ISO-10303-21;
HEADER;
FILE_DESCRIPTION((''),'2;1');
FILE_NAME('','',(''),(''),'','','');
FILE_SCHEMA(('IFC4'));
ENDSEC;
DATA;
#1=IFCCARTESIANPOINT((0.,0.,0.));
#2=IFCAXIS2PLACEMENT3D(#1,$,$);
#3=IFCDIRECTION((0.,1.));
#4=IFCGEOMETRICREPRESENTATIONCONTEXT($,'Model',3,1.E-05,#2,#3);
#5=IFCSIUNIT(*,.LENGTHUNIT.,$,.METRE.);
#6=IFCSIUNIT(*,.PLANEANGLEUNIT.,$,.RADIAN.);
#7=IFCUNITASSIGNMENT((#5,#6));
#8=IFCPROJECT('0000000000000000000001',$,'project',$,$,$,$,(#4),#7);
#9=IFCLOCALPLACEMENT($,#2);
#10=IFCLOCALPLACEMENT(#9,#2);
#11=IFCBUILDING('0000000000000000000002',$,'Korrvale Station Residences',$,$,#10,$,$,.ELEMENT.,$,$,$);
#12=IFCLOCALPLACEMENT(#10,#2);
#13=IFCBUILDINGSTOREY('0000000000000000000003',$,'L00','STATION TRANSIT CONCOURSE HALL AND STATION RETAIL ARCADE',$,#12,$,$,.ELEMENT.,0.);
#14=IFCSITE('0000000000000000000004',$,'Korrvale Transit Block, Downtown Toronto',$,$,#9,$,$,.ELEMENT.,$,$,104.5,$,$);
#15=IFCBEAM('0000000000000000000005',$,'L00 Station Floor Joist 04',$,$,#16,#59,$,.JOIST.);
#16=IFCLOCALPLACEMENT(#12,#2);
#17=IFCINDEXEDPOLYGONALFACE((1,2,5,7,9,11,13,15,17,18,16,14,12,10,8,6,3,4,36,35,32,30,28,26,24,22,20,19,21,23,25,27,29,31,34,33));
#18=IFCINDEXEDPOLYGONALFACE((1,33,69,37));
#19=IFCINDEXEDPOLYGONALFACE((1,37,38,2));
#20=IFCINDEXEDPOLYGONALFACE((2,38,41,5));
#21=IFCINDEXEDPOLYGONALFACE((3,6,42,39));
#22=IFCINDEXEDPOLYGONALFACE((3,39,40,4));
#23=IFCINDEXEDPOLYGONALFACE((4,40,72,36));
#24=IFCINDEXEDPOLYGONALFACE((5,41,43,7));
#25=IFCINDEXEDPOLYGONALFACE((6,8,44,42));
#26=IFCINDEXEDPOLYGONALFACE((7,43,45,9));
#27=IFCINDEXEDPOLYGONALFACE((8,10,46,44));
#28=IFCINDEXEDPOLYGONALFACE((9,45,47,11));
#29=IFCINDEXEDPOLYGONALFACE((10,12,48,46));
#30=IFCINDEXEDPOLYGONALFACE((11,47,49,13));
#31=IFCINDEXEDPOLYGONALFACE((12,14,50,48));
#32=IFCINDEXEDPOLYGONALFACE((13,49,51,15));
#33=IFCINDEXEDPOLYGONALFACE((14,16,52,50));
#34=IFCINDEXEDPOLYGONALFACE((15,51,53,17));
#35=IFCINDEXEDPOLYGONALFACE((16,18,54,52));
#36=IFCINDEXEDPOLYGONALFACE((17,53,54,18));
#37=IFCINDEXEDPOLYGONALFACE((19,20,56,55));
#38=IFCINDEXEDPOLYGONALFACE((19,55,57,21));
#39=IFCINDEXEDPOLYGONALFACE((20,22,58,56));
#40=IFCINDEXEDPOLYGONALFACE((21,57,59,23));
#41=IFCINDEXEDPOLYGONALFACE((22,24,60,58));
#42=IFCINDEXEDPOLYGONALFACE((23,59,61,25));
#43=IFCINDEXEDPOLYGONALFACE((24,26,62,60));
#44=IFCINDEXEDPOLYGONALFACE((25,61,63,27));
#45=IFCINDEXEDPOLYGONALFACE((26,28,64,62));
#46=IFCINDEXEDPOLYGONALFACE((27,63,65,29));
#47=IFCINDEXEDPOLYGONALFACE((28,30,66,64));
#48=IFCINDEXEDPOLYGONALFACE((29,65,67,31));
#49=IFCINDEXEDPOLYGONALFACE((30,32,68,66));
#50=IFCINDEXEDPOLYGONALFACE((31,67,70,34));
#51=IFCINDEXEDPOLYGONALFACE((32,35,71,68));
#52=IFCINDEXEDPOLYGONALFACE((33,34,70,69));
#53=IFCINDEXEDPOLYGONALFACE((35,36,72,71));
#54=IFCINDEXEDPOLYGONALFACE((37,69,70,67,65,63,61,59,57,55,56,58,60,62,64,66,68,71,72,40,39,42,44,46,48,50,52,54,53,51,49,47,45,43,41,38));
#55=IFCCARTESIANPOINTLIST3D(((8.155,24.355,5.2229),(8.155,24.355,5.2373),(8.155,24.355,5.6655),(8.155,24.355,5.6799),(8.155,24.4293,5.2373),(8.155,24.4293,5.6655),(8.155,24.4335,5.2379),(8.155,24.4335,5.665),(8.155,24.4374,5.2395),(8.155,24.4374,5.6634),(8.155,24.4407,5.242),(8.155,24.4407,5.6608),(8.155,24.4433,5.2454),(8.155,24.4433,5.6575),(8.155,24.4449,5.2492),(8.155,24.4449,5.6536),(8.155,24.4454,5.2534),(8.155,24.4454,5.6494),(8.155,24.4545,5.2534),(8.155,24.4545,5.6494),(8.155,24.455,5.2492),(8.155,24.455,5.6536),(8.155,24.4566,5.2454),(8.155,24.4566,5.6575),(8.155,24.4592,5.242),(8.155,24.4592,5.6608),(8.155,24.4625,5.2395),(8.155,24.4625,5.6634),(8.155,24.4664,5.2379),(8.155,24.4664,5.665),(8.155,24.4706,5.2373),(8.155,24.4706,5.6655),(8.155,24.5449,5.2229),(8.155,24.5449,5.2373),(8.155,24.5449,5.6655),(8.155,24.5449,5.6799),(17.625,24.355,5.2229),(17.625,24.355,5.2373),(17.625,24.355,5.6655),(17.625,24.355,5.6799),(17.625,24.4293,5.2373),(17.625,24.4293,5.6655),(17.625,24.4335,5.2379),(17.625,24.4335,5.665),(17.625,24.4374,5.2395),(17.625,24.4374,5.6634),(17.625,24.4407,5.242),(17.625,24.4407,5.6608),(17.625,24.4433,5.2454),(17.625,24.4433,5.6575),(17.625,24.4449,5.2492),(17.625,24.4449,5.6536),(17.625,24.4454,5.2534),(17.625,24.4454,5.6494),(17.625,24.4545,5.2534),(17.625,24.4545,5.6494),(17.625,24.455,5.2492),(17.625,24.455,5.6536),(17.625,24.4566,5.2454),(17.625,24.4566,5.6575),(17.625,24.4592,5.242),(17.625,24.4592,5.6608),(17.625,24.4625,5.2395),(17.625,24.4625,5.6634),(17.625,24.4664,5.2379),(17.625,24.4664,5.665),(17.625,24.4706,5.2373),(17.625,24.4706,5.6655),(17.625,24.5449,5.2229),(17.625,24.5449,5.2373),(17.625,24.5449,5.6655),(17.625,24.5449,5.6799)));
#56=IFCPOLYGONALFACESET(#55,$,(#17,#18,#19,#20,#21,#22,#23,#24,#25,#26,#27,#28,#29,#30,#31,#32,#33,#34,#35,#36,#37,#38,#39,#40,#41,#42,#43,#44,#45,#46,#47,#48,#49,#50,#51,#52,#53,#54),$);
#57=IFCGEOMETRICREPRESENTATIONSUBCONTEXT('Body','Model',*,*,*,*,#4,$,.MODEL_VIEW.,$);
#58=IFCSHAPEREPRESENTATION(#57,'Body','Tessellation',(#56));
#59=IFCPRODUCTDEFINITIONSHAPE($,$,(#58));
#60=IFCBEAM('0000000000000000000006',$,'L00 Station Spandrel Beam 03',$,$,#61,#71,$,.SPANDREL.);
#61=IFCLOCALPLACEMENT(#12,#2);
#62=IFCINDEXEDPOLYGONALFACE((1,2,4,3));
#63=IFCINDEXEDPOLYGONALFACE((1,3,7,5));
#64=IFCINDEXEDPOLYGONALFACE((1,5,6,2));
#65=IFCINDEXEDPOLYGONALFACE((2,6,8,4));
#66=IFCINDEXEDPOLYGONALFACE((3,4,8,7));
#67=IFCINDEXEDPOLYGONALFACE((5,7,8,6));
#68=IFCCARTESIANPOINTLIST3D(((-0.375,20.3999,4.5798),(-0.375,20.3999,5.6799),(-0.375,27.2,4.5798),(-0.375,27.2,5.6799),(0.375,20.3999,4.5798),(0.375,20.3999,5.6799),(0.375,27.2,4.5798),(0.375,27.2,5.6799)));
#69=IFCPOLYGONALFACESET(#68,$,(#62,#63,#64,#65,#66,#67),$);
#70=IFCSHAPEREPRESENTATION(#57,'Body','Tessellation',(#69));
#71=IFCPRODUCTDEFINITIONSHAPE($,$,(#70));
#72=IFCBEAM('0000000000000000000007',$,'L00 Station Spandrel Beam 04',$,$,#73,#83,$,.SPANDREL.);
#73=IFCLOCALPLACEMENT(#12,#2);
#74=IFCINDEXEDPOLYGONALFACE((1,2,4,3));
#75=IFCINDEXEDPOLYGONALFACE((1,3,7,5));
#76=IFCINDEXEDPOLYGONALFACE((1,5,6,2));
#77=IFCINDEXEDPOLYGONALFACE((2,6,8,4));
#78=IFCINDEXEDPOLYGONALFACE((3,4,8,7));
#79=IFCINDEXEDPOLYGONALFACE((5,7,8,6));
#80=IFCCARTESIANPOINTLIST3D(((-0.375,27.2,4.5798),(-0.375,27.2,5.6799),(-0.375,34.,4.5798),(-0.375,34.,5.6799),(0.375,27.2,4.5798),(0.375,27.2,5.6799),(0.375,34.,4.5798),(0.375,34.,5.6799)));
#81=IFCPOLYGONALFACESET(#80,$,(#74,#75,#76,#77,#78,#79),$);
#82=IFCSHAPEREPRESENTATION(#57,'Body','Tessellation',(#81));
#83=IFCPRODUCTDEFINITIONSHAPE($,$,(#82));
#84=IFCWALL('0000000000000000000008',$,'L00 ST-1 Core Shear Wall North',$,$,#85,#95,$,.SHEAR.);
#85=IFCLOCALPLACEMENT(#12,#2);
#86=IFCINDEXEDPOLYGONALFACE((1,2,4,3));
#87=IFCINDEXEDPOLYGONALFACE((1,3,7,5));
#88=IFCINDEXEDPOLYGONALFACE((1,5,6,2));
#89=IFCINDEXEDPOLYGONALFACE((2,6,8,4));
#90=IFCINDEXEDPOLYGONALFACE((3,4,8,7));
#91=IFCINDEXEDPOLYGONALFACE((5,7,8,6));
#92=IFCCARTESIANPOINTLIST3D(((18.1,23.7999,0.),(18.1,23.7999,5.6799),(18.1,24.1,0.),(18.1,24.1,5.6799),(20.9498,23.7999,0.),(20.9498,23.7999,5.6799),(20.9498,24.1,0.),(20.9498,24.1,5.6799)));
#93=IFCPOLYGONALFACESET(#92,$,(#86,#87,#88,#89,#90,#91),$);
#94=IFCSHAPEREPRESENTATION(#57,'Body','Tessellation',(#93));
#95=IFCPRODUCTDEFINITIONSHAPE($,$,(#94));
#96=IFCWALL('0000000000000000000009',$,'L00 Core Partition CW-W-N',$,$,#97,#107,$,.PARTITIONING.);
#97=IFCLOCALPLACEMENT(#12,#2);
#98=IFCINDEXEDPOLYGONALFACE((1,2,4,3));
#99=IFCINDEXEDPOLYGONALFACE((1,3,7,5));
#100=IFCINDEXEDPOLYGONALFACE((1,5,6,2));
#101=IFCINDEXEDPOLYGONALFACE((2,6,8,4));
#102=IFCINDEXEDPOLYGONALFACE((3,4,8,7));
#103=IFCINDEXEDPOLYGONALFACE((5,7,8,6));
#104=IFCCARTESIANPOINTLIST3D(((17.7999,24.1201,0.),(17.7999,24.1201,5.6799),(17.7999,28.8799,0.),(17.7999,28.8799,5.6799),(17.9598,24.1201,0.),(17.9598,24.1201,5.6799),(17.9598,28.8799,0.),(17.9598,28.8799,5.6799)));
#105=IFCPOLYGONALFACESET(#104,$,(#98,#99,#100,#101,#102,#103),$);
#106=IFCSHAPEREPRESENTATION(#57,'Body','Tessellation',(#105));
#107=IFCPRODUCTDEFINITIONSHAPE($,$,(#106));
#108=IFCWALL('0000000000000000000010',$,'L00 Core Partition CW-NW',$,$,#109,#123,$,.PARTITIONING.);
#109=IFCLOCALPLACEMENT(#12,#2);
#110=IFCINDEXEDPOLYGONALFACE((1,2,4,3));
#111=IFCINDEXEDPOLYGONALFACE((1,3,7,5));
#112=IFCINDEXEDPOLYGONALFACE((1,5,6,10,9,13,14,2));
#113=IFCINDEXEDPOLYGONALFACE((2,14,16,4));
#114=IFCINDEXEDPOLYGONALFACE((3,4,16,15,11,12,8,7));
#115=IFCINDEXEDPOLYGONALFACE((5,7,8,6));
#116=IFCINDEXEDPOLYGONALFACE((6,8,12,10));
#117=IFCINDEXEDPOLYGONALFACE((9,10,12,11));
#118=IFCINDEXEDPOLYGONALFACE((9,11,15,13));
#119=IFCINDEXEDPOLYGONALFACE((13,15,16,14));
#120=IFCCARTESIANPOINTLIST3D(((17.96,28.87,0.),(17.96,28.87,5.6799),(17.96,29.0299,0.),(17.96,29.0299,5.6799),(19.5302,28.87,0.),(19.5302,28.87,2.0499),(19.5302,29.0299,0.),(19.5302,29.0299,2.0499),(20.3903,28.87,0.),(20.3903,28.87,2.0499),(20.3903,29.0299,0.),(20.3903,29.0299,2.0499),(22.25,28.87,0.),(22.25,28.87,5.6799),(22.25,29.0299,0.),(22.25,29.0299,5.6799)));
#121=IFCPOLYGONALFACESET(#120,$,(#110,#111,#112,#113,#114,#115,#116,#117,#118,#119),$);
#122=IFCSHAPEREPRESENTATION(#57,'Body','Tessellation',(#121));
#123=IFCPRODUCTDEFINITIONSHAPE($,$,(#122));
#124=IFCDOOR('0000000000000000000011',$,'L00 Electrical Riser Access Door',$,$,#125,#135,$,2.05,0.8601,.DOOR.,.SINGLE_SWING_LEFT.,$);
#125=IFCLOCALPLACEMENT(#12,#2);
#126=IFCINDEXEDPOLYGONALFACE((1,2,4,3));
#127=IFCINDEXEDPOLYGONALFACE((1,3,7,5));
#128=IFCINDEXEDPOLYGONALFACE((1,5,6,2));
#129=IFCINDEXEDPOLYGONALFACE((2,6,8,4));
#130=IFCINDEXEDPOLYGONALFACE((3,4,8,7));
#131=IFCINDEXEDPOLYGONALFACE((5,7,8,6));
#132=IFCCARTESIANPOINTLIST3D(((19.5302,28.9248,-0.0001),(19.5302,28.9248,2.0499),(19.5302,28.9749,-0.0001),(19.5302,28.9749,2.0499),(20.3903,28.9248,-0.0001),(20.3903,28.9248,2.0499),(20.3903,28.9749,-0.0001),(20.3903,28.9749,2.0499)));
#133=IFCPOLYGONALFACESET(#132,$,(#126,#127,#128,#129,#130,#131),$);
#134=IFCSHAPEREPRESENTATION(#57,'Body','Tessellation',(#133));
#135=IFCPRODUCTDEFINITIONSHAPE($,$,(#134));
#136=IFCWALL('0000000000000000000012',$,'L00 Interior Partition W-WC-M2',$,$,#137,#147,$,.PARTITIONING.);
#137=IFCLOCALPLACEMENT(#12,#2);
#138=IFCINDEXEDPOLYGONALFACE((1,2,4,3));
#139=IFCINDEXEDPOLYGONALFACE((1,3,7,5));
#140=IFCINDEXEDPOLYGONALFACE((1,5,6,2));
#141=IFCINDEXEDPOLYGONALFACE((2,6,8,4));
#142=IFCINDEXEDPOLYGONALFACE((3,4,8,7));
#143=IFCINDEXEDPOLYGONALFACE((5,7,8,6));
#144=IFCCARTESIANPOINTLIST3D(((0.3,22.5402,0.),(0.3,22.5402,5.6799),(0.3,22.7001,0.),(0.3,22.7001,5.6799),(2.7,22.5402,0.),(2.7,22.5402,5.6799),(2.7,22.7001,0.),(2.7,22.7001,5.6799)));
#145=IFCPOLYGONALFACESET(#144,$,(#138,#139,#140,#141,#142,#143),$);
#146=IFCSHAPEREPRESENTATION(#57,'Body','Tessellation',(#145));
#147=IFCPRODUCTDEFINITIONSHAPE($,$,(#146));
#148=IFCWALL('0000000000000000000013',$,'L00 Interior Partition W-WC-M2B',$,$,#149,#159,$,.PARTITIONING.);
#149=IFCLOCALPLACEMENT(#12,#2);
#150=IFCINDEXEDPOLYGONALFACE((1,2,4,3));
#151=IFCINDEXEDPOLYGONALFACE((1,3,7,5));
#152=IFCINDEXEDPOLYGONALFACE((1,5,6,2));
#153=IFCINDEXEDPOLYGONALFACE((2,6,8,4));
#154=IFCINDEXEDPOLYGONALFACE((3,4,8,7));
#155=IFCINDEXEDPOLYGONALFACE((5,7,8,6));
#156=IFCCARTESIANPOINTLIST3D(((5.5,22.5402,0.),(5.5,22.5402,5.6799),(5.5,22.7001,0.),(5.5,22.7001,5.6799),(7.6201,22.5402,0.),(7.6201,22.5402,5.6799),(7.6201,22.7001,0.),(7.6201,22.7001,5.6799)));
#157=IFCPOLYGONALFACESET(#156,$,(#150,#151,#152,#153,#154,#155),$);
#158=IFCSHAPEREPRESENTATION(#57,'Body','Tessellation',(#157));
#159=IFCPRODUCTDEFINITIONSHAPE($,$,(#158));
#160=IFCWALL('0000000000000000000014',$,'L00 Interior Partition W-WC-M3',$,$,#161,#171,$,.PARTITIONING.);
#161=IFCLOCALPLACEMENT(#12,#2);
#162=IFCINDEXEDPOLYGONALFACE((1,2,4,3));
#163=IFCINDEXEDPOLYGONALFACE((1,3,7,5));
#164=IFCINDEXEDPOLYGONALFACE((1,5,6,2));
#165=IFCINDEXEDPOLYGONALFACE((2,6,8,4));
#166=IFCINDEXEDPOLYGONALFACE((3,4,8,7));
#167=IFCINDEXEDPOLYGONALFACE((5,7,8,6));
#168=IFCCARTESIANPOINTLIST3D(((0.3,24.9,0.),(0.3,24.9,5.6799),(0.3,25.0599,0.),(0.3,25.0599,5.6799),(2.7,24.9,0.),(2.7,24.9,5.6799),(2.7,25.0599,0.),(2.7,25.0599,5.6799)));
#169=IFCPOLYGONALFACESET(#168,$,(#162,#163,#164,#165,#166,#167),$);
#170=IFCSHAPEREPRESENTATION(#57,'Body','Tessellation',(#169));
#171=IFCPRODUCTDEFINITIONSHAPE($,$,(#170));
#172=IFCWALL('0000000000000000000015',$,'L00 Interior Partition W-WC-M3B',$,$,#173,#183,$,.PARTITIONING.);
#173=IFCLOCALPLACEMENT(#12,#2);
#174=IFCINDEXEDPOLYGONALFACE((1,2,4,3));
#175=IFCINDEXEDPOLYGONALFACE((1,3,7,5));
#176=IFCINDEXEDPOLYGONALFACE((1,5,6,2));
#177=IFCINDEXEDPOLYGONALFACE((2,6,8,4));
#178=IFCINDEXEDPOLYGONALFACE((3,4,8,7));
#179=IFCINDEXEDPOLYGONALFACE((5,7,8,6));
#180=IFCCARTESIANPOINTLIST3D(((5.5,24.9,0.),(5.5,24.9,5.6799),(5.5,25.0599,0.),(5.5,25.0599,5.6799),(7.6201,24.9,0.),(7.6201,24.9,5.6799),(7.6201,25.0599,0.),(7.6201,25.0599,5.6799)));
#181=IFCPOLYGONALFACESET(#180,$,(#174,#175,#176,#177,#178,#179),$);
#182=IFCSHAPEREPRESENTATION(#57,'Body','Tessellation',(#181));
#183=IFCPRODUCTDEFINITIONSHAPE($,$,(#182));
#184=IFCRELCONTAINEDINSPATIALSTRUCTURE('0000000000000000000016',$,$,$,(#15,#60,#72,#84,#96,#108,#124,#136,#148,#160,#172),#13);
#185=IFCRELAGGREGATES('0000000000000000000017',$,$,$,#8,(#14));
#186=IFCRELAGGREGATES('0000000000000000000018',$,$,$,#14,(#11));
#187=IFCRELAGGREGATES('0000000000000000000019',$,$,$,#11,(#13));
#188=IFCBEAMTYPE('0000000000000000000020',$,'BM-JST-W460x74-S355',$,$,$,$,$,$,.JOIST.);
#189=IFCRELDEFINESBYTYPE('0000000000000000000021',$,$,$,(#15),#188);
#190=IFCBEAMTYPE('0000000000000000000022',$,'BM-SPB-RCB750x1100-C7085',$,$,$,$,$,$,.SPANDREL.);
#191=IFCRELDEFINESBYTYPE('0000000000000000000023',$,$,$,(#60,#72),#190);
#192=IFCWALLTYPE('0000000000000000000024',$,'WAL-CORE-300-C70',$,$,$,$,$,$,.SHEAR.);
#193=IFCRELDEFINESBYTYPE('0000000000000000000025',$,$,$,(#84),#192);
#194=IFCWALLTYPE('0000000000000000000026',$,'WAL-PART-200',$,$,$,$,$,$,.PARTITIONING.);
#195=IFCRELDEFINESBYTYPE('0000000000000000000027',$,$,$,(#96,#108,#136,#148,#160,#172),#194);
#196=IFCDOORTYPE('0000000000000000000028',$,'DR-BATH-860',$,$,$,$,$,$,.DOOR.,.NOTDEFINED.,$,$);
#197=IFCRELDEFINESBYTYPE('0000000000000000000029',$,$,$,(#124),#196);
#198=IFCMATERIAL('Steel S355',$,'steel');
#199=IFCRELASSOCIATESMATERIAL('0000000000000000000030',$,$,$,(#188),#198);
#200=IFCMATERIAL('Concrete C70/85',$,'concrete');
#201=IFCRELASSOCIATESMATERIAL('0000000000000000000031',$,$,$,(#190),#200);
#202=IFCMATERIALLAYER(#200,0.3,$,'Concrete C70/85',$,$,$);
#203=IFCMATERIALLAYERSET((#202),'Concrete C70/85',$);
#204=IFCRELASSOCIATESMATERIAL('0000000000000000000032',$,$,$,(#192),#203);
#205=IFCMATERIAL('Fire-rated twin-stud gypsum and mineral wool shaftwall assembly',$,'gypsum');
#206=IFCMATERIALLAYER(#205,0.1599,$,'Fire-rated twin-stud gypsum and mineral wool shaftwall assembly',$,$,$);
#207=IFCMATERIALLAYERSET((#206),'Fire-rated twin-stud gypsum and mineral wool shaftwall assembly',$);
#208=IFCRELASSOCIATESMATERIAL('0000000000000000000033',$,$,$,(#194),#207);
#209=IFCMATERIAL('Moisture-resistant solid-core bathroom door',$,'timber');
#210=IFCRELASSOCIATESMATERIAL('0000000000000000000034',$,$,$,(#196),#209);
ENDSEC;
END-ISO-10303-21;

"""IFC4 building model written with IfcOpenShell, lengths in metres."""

from ifc_helpers import new_model, si_unit, direction, frame, frame_2d, origin, origin_2d, place, context, subcontext, project, spatial, rectangle, i_section, extrude, material, layer, layer_set, material_profile, profile_set, type_object, element, fill, save


model = new_model("IFC4")

# Units and contexts
model_context = context("Model", 3, precision=1e-05, world=origin(), true_north=direction((0.0, 1.0)))
body_context = subcontext(model_context, "Body", "Model", "MODEL_VIEW")
ifc_project = project(units=[si_unit("LENGTHUNIT", "METRE"), si_unit("PLANEANGLEUNIT", "RADIAN")], contexts=[model_context])

# Site, building, storey
site_placement = place(None, origin())
site = spatial("IfcSite", under=ifc_project, at=site_placement, Name="Korrvale Transit Block, Downtown Toronto", CompositionType="ELEMENT", RefElevation=104.5)
building_placement = place(site_placement, origin())
building = spatial("IfcBuilding", under=site, at=building_placement, Name="Korrvale Station Residences", CompositionType="ELEMENT")
storey_placement = place(building_placement, origin())
storey = spatial("IfcBuildingStorey", under=building, at=storey_placement, Name="L00", Description="STATION TRANSIT CONCOURSE HALL AND STATION RETAIL ARCADE", CompositionType="ELEMENT", Elevation=0.0)

# Shared definitions
ifc_material_1 = material(Name="Concrete C70/85", Category="concrete")

# Beams
ifc_material_2 = material(Name="Steel S355", Category="steel")
ifc_material_profile_1 = material_profile(ifc_material_2, i_section(OverallWidth=0.1899, OverallDepth=0.457, WebThickness=0.009, FlangeThickness=0.0144, FilletRadius=0.0161, at=origin_2d()), Name="W460x74")
ifc_profile_set_1 = profile_set([ifc_material_profile_1], Name="Steel S355")
beam_type_1 = type_object("IfcBeamType", Name="BM-JST-W460x74-S355", PredefinedType="JOIST", material=ifc_profile_set_1)
beam_1_placement = place(storey_placement, frame((8.155, 24.45, 5.4514), z_axis=(1.0, 0.0, 0.0), x_axis=(0.0, 1.0, 0.0)))
element("IfcBeam", 1, at=beam_1_placement, inside=storey, type_object=beam_type_1, Name="L00 Station Floor Joist 04", PredefinedType="JOIST", context=body_context, shape_type="SweptSolid", body=[
    extrude(i_section(OverallWidth=0.1899, OverallDepth=0.457, WebThickness=0.009, FlangeThickness=0.0144, FilletRadius=0.0161, at=origin_2d()), origin(), (0.0, 0.0, 1.0), 9.47),
])
ifc_material_profile_2 = material_profile(ifc_material_1, rectangle(XDim=0.75, YDim=1.1001, at=origin_2d()), Name="RCB750x1100")
ifc_profile_set_2 = profile_set([ifc_material_profile_2], Name="Concrete C70/85")
beam_type_2 = type_object("IfcBeamType", Name="BM-SPB-RCB750x1100-C7085", PredefinedType="SPANDREL", material=ifc_profile_set_2)
for number, where, z_axis, x_axis, name in (
    (2, (0.0, 20.3999, 5.1299), (0.0, 1.0, 0.0), (-1.0, 0.0, 0.0), "L00 Station Spandrel Beam 03"),
    (3, (0.0, 27.2, 5.1299), (0.0, 1.0, 0.0), (-1.0, 0.0, 0.0), "L00 Station Spandrel Beam 04"),
):
    element("IfcBeam", number, at=place(storey_placement, frame(where, z_axis=z_axis, x_axis=x_axis)), inside=storey, type_object=beam_type_2, Name=name, PredefinedType="SPANDREL", context=body_context, shape_type="SweptSolid", body=[
        extrude(rectangle(XDim=0.75, YDim=1.1001, at=origin_2d()), origin(), (0.0, 0.0, 1.0), 6.8),
    ])

# Walls
ifc_layer_1 = layer(ifc_material_1, 0.3, Name="Concrete C70/85")
ifc_layer_set_1 = layer_set([ifc_layer_1], Name="Concrete C70/85")
wall_type_1 = type_object("IfcWallType", Name="WAL-CORE-300-C70", PredefinedType="SHEAR", material=ifc_layer_set_1)
wall_1_placement = place(storey_placement, frame((18.1001, 23.95, 0.0), z_axis=(0.0, 0.0, 1.0), x_axis=(1.0, 0.0, 0.0)))
element("IfcWall", 4, at=wall_1_placement, inside=storey, type_object=wall_type_1, Name="L00 ST-1 Core Shear Wall North", PredefinedType="SHEAR", context=body_context, shape_type="SweptSolid", body=[
    extrude(rectangle(XDim=2.8499, YDim=0.3, at=frame_2d((1.4248, 0.0))), origin(), (0.0, 0.0, 1.0), 5.6799),
])
ifc_material_3 = material(Name="Fire-rated twin-stud gypsum and mineral wool shaftwall assembly", Category="gypsum")
ifc_layer_2 = layer(ifc_material_3, 0.1599, Name="Fire-rated twin-stud gypsum and mineral wool shaftwall assembly")
ifc_layer_set_2 = layer_set([ifc_layer_2], Name="Fire-rated twin-stud gypsum and mineral wool shaftwall assembly")
wall_type_2 = type_object("IfcWallType", Name="WAL-PART-200", PredefinedType="PARTITIONING", material=ifc_layer_set_2)
wall_2_placement = place(storey_placement, frame((17.8799, 24.1201, 0.0), z_axis=(0.0, 0.0, 1.0), x_axis=(0.0, 1.0, 0.0)))
element("IfcWall", 5, at=wall_2_placement, inside=storey, type_object=wall_type_2, Name="L00 Core Partition CW-W-N", PredefinedType="PARTITIONING", context=body_context, shape_type="SweptSolid", body=[
    extrude(rectangle(XDim=4.7598, YDim=0.1599, at=frame_2d((2.3799, 0.0))), origin(), (0.0, 0.0, 1.0), 5.6799),
])

# Wall, opening, door
wall_3_placement = place(storey_placement, frame((17.96, 28.95, 0.0), z_axis=(0.0, 0.0, 1.0), x_axis=(1.0, 0.0, 0.0)))
wall_3 = element("IfcWall", 6, at=wall_3_placement, inside=storey, type_object=wall_type_2, Name="L00 Core Partition CW-NW", PredefinedType="PARTITIONING", context=body_context, shape_type="SweptSolid", body=[
    extrude(rectangle(XDim=4.29, YDim=0.1599, at=frame_2d((2.145, 0.0))), origin(), (0.0, 0.0, 1.0), 5.6799),
])
opening_1_placement = place(wall_3_placement, frame((1.5701, 0.0, 0.0)))
opening_1 = element("IfcOpeningElement", 7, at=opening_1_placement, cuts=wall_3, PredefinedType="OPENING", context=body_context, shape_type="SweptSolid", body=[
    extrude(rectangle(XDim=0.8601, YDim=2.05, at=frame_2d((0.4302, 1.0249))), frame((0.0, 0.0898, 0.0), z_axis=(0.0, -1.0, 0.0), x_axis=(1.0, 0.0, 0.0)), (0.0, 0.0, 1.0), 0.1799),
])
ifc_material_4 = material(Name="Moisture-resistant solid-core bathroom door", Category="timber")
door_type_1 = type_object("IfcDoorType", Name="DR-BATH-860", OperationType="NOTDEFINED", PredefinedType="DOOR", material=ifc_material_4)
door_1_placement = place(opening_1_placement, origin())
door_1 = element("IfcDoor", 8, at=door_1_placement, inside=storey, type_object=door_type_1, Name="L00 Electrical Riser Access Door", OperationType="SINGLE_SWING_LEFT", OverallHeight=2.05, OverallWidth=0.8601, PredefinedType="DOOR", context=body_context, shape_type="SweptSolid", body=[
    extrude(rectangle(XDim=0.8601, YDim=2.05, at=frame_2d((0.4302, 1.0249))), frame((0.0, 0.0249, 0.0), z_axis=(0.0, -1.0, 0.0), x_axis=(1.0, 0.0, 0.0)), (0.0, 0.0, 1.0), 0.05),
])
fill(opening_1, door_1)

# Walls
wall_4_placement = place(storey_placement, frame((0.3, 22.6201, 0.0), z_axis=(0.0, 0.0, 1.0), x_axis=(1.0, 0.0, 0.0)))
element("IfcWall", 9, at=wall_4_placement, inside=storey, type_object=wall_type_2, Name="L00 Interior Partition W-WC-M2", PredefinedType="PARTITIONING", context=body_context, shape_type="SweptSolid", body=[
    extrude(rectangle(XDim=2.3999, YDim=0.1599, at=frame_2d((1.2, 0.0))), origin(), (0.0, 0.0, 1.0), 5.6799),
])
wall_5_placement = place(storey_placement, frame((5.5, 22.6201, 0.0), z_axis=(0.0, 0.0, 1.0), x_axis=(1.0, 0.0, 0.0)))
element("IfcWall", 10, at=wall_5_placement, inside=storey, type_object=wall_type_2, Name="L00 Interior Partition W-WC-M2B", PredefinedType="PARTITIONING", context=body_context, shape_type="SweptSolid", body=[
    extrude(rectangle(XDim=2.1201, YDim=0.1599, at=frame_2d((1.0601, 0.0))), origin(), (0.0, 0.0, 1.0), 5.6799),
])
wall_6_placement = place(storey_placement, frame((0.3, 24.98, 0.0), z_axis=(0.0, 0.0, 1.0), x_axis=(1.0, 0.0, 0.0)))
element("IfcWall", 11, at=wall_6_placement, inside=storey, type_object=wall_type_2, Name="L00 Interior Partition W-WC-M3", PredefinedType="PARTITIONING", context=body_context, shape_type="SweptSolid", body=[
    extrude(rectangle(XDim=2.3999, YDim=0.1599, at=frame_2d((1.2, 0.0))), origin(), (0.0, 0.0, 1.0), 5.6799),
])
wall_7_placement = place(storey_placement, frame((5.5, 24.98, 0.0), z_axis=(0.0, 0.0, 1.0), x_axis=(1.0, 0.0, 0.0)))
element("IfcWall", 12, at=wall_7_placement, inside=storey, type_object=wall_type_2, Name="L00 Interior Partition W-WC-M3B", PredefinedType="PARTITIONING", context=body_context, shape_type="SweptSolid", body=[
    extrude(rectangle(XDim=2.1201, YDim=0.1599, at=frame_2d((1.0601, 0.0))), origin(), (0.0, 0.0, 1.0), 5.6799),
])

save(model, "model.ifc")
